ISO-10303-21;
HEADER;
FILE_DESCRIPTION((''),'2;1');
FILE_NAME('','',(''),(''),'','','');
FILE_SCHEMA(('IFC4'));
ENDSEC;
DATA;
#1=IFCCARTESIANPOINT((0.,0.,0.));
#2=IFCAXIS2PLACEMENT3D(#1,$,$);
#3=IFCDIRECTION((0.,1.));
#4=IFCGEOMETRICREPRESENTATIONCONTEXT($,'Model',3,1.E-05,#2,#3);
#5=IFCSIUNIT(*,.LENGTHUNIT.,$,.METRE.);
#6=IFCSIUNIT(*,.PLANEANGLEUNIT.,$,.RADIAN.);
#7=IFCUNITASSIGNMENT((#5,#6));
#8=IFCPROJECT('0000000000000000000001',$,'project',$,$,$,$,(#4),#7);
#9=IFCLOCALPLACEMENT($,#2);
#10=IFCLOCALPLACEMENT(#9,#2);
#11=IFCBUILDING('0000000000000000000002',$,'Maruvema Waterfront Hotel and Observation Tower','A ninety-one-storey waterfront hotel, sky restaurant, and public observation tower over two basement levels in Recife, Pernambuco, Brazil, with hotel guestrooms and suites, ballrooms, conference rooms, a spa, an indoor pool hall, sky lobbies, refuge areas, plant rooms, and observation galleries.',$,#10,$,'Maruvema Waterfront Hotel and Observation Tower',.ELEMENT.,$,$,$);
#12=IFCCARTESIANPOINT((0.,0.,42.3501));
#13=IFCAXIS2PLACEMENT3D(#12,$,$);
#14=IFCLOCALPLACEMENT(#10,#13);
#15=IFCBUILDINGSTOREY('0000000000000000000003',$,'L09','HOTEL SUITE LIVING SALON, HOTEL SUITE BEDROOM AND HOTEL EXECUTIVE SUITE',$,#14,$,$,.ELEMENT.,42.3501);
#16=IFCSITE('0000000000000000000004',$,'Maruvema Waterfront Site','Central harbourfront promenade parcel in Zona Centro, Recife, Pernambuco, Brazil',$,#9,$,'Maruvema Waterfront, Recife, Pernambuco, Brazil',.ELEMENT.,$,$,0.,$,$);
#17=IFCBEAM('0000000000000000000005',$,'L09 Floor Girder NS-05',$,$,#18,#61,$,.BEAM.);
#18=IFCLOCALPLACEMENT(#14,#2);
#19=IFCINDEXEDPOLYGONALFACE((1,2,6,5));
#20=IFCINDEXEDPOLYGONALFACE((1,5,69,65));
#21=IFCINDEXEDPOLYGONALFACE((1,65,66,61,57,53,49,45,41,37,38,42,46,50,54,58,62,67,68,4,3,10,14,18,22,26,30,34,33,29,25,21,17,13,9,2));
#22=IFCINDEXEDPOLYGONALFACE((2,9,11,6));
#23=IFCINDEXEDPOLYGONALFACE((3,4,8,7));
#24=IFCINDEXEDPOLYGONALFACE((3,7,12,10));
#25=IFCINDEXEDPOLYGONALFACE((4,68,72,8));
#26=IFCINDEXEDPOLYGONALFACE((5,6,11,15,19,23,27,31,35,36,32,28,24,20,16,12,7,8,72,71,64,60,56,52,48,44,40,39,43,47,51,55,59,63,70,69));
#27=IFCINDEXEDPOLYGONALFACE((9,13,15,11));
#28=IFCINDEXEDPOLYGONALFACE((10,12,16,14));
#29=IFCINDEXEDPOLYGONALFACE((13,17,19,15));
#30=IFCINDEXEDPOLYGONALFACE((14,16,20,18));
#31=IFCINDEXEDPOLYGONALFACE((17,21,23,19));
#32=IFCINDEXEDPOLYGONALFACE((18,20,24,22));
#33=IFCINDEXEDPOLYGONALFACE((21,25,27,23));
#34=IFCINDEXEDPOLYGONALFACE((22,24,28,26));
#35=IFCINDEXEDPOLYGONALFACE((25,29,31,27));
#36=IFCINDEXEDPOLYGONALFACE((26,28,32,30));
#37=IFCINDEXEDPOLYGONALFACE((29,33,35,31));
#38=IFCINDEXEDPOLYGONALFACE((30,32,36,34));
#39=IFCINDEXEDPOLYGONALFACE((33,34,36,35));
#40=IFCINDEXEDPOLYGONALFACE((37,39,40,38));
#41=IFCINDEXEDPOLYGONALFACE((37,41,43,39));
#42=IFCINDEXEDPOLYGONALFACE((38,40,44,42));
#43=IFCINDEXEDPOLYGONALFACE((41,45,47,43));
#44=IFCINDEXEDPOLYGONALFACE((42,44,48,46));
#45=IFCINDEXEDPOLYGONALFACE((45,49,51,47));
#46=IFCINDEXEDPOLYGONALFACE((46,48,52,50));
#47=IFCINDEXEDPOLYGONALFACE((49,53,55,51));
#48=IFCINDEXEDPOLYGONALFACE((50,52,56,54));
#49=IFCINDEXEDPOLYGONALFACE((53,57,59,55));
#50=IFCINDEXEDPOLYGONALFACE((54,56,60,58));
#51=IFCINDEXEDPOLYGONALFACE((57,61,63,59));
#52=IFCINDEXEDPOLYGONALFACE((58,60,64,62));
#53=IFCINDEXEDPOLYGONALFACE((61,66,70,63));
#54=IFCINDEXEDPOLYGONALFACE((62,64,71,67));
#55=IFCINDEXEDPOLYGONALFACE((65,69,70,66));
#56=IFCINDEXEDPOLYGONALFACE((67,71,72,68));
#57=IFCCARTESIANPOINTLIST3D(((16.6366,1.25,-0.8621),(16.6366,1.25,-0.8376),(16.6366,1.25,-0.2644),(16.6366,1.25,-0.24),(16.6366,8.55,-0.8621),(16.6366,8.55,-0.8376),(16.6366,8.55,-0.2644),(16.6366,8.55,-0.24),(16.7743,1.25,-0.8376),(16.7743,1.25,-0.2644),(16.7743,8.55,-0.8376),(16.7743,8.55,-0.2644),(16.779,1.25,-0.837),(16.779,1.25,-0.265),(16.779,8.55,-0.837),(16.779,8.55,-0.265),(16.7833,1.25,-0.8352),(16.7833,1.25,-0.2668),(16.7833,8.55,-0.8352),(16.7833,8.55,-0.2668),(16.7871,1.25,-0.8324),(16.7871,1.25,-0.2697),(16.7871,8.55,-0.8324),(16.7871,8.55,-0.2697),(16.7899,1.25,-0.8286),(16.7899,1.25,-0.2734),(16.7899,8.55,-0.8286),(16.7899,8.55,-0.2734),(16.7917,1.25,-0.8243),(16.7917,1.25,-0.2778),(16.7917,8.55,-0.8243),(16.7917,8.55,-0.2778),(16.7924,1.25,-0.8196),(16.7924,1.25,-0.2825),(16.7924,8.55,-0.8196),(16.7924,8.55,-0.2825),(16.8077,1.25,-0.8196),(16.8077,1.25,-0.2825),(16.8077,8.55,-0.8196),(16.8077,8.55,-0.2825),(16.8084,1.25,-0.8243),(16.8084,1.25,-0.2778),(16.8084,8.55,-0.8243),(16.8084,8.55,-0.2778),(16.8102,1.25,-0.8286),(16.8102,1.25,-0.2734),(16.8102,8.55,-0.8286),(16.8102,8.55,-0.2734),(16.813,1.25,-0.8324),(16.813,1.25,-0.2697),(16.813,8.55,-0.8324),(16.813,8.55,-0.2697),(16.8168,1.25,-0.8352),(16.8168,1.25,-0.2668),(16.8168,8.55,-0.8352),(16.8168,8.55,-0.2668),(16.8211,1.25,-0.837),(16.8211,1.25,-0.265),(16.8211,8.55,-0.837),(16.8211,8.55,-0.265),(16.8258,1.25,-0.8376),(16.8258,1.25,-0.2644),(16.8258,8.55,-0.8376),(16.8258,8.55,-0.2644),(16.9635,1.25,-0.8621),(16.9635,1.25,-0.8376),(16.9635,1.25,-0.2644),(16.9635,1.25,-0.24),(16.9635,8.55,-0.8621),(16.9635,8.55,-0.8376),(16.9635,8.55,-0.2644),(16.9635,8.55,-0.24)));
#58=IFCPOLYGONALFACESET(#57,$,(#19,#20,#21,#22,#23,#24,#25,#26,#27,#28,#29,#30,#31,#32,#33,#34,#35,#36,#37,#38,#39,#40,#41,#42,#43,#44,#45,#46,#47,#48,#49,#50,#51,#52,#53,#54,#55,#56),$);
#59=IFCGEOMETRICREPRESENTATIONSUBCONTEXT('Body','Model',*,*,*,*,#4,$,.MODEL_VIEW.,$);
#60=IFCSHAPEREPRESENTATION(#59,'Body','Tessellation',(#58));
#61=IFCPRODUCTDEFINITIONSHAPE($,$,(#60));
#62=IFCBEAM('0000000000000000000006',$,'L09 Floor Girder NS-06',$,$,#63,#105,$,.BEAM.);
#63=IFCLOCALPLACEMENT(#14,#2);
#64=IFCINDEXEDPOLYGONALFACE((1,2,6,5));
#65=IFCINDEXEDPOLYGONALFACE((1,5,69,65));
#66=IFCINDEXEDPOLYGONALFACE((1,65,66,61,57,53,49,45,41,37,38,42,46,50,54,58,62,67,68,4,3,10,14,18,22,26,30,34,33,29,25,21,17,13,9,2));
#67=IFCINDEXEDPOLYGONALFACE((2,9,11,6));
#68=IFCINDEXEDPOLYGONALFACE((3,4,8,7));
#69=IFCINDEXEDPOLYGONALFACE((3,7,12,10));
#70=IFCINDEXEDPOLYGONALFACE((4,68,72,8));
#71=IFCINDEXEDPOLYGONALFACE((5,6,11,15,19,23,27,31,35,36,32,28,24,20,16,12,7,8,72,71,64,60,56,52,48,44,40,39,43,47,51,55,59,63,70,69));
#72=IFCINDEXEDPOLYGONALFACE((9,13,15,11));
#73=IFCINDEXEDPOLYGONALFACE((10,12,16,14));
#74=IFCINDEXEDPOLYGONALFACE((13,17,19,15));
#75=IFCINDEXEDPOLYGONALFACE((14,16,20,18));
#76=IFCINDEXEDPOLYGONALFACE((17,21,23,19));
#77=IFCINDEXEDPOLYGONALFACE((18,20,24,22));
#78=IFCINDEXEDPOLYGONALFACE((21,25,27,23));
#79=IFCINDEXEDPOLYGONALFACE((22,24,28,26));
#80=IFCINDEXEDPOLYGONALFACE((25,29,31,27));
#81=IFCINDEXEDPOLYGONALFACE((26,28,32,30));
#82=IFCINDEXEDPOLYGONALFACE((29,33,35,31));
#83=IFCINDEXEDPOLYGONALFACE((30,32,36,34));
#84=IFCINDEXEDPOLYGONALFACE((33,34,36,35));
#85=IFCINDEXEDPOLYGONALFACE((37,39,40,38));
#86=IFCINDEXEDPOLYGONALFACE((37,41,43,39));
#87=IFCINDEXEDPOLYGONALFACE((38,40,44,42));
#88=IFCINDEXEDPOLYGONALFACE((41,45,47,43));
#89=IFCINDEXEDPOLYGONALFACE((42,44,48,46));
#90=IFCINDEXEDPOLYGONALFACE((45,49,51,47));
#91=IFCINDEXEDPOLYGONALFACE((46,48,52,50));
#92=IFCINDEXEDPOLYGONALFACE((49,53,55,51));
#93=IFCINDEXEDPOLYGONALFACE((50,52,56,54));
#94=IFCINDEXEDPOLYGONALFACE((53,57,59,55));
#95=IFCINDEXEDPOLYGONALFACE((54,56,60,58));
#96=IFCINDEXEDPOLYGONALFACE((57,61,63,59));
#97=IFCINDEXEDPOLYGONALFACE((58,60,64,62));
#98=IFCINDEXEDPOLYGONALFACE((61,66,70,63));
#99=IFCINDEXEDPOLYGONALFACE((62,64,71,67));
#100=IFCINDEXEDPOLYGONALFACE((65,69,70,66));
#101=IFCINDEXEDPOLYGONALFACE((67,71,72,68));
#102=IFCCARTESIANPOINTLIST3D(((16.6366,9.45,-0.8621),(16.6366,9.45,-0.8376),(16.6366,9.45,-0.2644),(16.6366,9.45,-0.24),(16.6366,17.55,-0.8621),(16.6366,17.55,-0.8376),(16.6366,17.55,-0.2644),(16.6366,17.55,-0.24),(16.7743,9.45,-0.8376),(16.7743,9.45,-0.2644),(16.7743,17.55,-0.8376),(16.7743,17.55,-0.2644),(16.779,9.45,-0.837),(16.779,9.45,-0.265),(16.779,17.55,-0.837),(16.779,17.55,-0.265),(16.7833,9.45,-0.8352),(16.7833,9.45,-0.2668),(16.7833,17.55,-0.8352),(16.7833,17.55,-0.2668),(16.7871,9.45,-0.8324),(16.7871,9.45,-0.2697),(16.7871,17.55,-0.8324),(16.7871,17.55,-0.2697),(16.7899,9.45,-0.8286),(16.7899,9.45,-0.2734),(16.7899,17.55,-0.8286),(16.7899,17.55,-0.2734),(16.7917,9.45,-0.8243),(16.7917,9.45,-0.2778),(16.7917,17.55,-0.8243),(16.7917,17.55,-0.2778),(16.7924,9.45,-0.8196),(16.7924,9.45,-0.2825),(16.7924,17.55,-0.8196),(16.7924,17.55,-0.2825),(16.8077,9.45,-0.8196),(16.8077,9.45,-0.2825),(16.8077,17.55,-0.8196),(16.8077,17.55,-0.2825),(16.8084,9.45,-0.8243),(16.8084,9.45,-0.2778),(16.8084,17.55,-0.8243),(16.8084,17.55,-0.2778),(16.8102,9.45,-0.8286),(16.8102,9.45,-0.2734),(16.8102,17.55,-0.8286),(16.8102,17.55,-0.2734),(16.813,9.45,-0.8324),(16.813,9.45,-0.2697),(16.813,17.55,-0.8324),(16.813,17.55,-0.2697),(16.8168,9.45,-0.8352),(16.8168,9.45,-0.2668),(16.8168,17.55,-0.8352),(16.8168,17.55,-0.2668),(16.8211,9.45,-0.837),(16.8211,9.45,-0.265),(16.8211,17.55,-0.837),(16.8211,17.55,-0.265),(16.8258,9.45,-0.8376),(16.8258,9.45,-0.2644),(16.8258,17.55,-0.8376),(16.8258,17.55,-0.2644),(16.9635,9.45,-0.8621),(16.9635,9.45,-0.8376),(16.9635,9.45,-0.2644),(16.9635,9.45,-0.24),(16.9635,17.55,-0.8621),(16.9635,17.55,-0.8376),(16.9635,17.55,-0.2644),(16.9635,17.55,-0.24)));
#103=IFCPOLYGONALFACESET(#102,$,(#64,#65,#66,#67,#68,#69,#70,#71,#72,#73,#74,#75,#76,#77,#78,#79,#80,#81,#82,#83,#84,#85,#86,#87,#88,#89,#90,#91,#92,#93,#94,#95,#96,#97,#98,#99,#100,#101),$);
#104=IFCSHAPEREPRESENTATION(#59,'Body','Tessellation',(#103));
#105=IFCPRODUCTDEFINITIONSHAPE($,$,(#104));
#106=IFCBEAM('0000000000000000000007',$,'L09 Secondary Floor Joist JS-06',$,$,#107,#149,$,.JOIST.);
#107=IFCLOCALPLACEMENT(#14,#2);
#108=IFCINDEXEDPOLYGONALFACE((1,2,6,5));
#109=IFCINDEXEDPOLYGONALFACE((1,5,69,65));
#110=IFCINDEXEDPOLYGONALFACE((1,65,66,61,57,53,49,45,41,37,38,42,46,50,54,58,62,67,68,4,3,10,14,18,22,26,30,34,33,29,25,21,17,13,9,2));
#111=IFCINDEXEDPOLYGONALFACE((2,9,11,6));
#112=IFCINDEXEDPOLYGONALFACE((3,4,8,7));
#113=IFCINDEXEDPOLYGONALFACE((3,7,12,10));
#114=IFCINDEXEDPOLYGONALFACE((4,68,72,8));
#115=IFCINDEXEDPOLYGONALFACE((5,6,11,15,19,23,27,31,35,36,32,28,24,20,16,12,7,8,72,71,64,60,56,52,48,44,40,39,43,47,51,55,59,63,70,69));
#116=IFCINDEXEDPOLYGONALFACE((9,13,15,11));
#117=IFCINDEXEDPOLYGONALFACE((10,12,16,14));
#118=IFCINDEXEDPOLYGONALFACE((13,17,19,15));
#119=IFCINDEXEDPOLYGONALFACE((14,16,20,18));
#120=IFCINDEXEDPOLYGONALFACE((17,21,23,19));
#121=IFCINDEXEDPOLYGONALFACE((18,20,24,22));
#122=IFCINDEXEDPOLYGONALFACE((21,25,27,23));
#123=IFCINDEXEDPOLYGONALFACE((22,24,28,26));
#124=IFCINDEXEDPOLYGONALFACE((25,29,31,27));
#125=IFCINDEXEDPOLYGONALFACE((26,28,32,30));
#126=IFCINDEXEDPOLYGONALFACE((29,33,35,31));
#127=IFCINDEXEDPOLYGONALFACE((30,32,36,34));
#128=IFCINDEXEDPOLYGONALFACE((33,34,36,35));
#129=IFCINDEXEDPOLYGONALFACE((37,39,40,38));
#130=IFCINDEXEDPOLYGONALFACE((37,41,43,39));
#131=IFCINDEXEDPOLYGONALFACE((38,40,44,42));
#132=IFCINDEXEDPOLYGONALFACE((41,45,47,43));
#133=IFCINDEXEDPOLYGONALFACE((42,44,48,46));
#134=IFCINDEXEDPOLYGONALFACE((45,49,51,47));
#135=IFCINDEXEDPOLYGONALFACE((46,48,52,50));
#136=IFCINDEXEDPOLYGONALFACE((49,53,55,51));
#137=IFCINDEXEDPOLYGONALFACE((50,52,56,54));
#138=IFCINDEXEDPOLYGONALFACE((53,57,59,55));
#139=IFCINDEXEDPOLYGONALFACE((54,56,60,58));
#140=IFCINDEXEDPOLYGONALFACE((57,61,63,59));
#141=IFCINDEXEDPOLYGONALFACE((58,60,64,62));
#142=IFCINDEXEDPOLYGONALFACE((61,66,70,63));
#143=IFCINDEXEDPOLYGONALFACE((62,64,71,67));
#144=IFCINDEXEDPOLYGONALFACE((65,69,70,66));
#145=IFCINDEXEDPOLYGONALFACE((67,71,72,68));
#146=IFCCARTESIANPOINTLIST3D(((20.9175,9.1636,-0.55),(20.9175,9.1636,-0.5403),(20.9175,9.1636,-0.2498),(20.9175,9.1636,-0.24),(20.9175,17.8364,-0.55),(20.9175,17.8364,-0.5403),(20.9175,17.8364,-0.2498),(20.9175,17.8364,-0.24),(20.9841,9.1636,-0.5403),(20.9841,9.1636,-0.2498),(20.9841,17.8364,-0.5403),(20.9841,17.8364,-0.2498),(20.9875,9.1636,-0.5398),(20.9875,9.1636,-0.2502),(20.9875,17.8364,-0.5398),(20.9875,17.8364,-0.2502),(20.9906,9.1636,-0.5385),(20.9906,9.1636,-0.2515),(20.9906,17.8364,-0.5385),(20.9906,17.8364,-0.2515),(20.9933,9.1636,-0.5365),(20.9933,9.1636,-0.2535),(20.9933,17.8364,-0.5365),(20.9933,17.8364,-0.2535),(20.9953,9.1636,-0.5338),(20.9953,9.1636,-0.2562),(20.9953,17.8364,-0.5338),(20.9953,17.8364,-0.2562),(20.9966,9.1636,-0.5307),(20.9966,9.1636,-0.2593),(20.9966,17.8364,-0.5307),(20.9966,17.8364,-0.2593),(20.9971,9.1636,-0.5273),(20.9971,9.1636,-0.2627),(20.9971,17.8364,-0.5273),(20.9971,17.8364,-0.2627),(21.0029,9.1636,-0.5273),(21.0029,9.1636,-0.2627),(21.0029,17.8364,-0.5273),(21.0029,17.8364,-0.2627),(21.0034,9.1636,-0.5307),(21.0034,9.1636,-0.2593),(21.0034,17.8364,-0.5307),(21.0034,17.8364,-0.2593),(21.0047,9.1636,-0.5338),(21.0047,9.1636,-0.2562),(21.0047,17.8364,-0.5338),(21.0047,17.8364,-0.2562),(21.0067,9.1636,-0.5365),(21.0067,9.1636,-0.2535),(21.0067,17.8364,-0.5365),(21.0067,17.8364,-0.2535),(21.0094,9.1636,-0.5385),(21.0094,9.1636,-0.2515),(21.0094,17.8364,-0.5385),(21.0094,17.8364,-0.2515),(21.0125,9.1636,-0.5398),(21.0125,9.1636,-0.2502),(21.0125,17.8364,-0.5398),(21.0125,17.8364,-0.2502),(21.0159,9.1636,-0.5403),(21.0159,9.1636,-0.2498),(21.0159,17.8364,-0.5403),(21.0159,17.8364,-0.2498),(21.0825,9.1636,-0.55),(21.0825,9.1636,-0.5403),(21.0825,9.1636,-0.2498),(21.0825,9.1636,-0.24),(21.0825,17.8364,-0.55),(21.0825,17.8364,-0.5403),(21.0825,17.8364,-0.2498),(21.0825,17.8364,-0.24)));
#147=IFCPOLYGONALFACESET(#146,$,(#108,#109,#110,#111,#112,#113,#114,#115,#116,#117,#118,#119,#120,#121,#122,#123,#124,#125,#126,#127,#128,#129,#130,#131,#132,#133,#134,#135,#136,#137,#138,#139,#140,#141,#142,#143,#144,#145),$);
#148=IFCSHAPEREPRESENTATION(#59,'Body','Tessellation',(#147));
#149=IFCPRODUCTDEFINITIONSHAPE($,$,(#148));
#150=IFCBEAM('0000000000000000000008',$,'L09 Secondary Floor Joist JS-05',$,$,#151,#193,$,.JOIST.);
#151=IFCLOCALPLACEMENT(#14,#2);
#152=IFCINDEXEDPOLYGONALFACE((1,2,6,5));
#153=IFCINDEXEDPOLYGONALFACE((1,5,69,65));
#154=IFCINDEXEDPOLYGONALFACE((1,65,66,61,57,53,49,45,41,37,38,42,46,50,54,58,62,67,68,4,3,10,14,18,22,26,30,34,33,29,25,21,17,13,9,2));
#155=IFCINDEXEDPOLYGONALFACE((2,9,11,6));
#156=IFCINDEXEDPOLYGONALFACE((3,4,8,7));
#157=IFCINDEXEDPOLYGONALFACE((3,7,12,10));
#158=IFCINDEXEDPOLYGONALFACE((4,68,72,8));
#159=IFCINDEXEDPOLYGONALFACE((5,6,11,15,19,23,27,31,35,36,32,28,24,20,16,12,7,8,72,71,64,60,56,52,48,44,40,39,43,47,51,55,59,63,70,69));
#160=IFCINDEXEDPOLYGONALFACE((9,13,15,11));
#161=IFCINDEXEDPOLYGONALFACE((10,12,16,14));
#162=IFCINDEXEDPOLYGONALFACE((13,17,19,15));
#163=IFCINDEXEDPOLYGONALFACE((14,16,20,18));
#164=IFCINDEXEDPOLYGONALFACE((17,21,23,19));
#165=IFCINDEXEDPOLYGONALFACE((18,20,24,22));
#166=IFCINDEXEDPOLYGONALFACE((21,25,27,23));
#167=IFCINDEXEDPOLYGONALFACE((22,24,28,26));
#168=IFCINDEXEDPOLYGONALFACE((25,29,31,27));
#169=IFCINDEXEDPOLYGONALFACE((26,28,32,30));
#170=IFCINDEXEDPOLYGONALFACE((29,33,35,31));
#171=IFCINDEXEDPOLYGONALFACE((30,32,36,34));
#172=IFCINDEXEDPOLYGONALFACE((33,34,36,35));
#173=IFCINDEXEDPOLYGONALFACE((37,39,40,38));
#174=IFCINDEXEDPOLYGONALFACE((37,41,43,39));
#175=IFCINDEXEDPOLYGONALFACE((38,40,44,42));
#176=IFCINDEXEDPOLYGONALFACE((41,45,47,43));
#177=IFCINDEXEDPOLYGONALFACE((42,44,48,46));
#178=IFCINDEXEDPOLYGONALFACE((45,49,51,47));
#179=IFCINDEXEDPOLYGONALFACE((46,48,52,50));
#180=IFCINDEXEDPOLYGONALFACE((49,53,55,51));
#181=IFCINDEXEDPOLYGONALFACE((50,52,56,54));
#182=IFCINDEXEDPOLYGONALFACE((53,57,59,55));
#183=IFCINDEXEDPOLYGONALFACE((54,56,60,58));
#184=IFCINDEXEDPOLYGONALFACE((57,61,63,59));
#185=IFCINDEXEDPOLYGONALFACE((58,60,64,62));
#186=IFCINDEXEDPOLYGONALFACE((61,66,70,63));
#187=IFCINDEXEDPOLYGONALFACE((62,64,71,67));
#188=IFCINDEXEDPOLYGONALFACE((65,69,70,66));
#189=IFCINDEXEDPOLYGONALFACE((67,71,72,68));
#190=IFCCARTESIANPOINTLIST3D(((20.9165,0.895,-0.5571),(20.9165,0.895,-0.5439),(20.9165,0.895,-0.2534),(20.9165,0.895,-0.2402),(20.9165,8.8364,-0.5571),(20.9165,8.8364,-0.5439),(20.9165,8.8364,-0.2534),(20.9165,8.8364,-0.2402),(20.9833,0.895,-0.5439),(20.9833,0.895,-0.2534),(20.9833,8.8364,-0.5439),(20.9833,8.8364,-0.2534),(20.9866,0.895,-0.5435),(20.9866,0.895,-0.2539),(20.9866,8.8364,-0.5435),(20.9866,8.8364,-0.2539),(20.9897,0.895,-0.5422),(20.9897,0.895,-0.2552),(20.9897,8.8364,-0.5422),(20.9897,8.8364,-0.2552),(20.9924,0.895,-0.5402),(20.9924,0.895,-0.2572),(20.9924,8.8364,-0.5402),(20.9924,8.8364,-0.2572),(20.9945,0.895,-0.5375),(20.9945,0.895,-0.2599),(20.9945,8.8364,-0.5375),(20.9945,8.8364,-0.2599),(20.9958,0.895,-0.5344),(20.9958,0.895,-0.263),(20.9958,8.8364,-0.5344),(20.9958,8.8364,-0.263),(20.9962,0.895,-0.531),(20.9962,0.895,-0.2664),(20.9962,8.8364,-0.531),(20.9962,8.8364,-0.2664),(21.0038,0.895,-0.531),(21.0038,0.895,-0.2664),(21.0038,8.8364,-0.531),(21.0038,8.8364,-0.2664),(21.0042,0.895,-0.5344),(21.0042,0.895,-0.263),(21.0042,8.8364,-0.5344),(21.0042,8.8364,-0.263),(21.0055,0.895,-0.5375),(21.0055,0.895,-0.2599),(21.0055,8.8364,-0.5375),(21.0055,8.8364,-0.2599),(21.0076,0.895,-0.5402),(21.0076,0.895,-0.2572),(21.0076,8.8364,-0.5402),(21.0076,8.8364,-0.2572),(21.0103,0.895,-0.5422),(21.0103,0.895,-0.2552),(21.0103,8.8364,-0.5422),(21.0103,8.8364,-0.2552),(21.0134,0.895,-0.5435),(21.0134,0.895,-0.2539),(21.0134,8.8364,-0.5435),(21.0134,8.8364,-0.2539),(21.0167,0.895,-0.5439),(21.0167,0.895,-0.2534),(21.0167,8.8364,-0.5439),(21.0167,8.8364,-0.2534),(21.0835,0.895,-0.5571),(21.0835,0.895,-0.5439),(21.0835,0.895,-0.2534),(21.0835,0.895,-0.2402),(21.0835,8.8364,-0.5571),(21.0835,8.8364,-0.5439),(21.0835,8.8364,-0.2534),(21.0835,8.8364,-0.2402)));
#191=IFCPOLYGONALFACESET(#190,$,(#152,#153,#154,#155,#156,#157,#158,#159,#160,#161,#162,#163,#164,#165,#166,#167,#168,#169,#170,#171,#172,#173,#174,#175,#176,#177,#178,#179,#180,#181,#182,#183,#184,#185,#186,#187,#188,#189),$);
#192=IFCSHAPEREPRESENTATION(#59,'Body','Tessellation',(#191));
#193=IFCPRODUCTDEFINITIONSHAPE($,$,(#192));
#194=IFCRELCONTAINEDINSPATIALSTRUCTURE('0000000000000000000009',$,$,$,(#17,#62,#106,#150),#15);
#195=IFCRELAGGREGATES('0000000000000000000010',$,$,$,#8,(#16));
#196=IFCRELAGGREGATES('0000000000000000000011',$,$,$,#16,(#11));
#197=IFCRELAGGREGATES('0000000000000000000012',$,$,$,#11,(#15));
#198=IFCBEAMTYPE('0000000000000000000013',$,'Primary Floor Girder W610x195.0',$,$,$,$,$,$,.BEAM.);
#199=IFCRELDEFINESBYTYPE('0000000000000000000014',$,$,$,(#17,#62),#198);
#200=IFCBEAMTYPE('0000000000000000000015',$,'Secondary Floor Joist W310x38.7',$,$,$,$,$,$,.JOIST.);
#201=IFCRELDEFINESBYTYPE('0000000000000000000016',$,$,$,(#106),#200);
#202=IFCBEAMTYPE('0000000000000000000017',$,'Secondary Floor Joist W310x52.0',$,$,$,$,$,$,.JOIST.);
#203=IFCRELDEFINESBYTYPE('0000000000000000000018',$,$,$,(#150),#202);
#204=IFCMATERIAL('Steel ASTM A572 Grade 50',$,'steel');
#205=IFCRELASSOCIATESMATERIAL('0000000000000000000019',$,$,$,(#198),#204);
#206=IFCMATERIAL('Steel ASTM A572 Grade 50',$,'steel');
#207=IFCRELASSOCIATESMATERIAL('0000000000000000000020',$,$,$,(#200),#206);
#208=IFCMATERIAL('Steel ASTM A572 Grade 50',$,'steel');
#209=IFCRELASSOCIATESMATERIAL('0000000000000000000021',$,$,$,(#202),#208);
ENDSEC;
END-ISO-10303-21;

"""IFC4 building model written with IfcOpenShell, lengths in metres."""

from ifc_helpers import new_model, si_unit, direction, frame, origin, origin_2d, place, context, subcontext, project, spatial, i_section, extrude, material, material_profile, profile_set, type_object, element, save


model = new_model("IFC4")

# Units and contexts
model_context = context("Model", 3, precision=1e-05, world=origin(), true_north=direction((0.0, 1.0)))
body_context = subcontext(model_context, "Body", "Model", "MODEL_VIEW")
ifc_project = project(units=[si_unit("LENGTHUNIT", "METRE"), si_unit("PLANEANGLEUNIT", "RADIAN")], contexts=[model_context])

# Site, building, storey
site_placement = place(None, origin())
site = spatial("IfcSite", under=ifc_project, at=site_placement, Name="Maruvema Waterfront Site", Description="Central harbourfront promenade parcel in Zona Centro, Recife, Pernambuco, Brazil", LongName="Maruvema Waterfront, Recife, Pernambuco, Brazil", CompositionType="ELEMENT", RefElevation=0.0)
building_placement = place(site_placement, origin())
building = spatial("IfcBuilding", under=site, at=building_placement, Name="Maruvema Waterfront Hotel and Observation Tower", Description="A ninety-one-storey waterfront hotel, sky restaurant, and public observation tower over two basement levels in Recife, Pernambuco, Brazil, with hotel guestrooms and suites, ballrooms, conference rooms, a spa, an indoor pool hall, sky lobbies, refuge areas, plant rooms, and observation galleries.", LongName="Maruvema Waterfront Hotel and Observation Tower", CompositionType="ELEMENT")
storey_placement = place(building_placement, frame((0.0, 0.0, 42.3501)))
storey = spatial("IfcBuildingStorey", under=building, at=storey_placement, Name="L09", Description="HOTEL SUITE LIVING SALON, HOTEL SUITE BEDROOM AND HOTEL EXECUTIVE SUITE", CompositionType="ELEMENT", Elevation=42.3501)

# Beams
ifc_material_1 = material(Name="Steel ASTM A572 Grade 50", Category="steel")
ifc_material_profile_1 = material_profile(ifc_material_1, i_section(OverallWidth=0.3269, OverallDepth=0.6221, WebThickness=0.0154, FlangeThickness=0.0244, FilletRadius=0.0181, at=origin_2d()), Name="W610x195.0")
ifc_profile_set_1 = profile_set([ifc_material_profile_1], Name="Steel ASTM A572 Grade 50")
beam_type_1 = type_object("IfcBeamType", Name="Primary Floor Girder W610x195.0", PredefinedType="BEAM", material=ifc_profile_set_1)
beam_1_placement = place(storey_placement, frame((16.8, 1.25, -0.551), z_axis=(0.0, 1.0, 0.0), x_axis=(-1.0, 0.0, 0.0)))
element("IfcBeam", 1, at=beam_1_placement, inside=storey, type_object=beam_type_1, Name="L09 Floor Girder NS-05", PredefinedType="BEAM", context=body_context, shape_type="SweptSolid", body=[
    extrude(i_section(OverallWidth=0.3269, OverallDepth=0.6221, WebThickness=0.0154, FlangeThickness=0.0244, FilletRadius=0.0181, at=origin_2d()), origin(), (0.0, 0.0, 1.0), 7.3),
])
beam_2_placement = place(storey_placement, frame((16.8, 9.45, -0.551), z_axis=(0.0, 1.0, 0.0), x_axis=(-1.0, 0.0, 0.0)))
element("IfcBeam", 2, at=beam_2_placement, inside=storey, type_object=beam_type_1, Name="L09 Floor Girder NS-06", PredefinedType="BEAM", context=body_context, shape_type="SweptSolid", body=[
    extrude(i_section(OverallWidth=0.3269, OverallDepth=0.6221, WebThickness=0.0154, FlangeThickness=0.0244, FilletRadius=0.0181, at=origin_2d()), origin(), (0.0, 0.0, 1.0), 8.1001),
])
ifc_material_2 = material(Name="Steel ASTM A572 Grade 50", Category="steel")
ifc_material_profile_2 = material_profile(ifc_material_2, i_section(OverallWidth=0.165, OverallDepth=0.3101, WebThickness=0.0059, FlangeThickness=0.0098, FilletRadius=0.0129, at=origin_2d()), Name="W310x38.7")
ifc_profile_set_2 = profile_set([ifc_material_profile_2], Name="Steel ASTM A572 Grade 50")
beam_type_2 = type_object("IfcBeamType", Name="Secondary Floor Joist W310x38.7", PredefinedType="JOIST", material=ifc_profile_set_2)
beam_3_placement = place(storey_placement, frame((21.0, 9.1636, -0.395), z_axis=(0.0, 1.0, 0.0), x_axis=(-1.0, 0.0, 0.0)))
element("IfcBeam", 3, at=beam_3_placement, inside=storey, type_object=beam_type_2, Name="L09 Secondary Floor Joist JS-06", PredefinedType="JOIST", context=body_context, shape_type="SweptSolid", body=[
    extrude(i_section(OverallWidth=0.165, OverallDepth=0.3101, WebThickness=0.0059, FlangeThickness=0.0098, FilletRadius=0.0129, at=origin_2d()), origin(), (0.0, 0.0, 1.0), 8.6729),
])
ifc_material_3 = material(Name="Steel ASTM A572 Grade 50", Category="steel")
ifc_material_profile_3 = material_profile(ifc_material_3, i_section(OverallWidth=0.167, OverallDepth=0.3169, WebThickness=0.0076, FlangeThickness=0.0132, FilletRadius=0.0129, at=origin_2d()), Name="W310x52.0")
ifc_profile_set_3 = profile_set([ifc_material_profile_3], Name="Steel ASTM A572 Grade 50")
beam_type_3 = type_object("IfcBeamType", Name="Secondary Floor Joist W310x52.0", PredefinedType="JOIST", material=ifc_profile_set_3)
beam_4_placement = place(storey_placement, frame((21.0, 0.895, -0.3987), z_axis=(0.0, 1.0, 0.0), x_axis=(-1.0, 0.0, 0.0)))
element("IfcBeam", 4, at=beam_4_placement, inside=storey, type_object=beam_type_3, Name="L09 Secondary Floor Joist JS-05", PredefinedType="JOIST", context=body_context, shape_type="SweptSolid", body=[
    extrude(i_section(OverallWidth=0.167, OverallDepth=0.3169, WebThickness=0.0076, FlangeThickness=0.0132, FilletRadius=0.0129, at=origin_2d()), origin(), (0.0, 0.0, 1.0), 7.9414),
])

save(model, "model.ifc")
